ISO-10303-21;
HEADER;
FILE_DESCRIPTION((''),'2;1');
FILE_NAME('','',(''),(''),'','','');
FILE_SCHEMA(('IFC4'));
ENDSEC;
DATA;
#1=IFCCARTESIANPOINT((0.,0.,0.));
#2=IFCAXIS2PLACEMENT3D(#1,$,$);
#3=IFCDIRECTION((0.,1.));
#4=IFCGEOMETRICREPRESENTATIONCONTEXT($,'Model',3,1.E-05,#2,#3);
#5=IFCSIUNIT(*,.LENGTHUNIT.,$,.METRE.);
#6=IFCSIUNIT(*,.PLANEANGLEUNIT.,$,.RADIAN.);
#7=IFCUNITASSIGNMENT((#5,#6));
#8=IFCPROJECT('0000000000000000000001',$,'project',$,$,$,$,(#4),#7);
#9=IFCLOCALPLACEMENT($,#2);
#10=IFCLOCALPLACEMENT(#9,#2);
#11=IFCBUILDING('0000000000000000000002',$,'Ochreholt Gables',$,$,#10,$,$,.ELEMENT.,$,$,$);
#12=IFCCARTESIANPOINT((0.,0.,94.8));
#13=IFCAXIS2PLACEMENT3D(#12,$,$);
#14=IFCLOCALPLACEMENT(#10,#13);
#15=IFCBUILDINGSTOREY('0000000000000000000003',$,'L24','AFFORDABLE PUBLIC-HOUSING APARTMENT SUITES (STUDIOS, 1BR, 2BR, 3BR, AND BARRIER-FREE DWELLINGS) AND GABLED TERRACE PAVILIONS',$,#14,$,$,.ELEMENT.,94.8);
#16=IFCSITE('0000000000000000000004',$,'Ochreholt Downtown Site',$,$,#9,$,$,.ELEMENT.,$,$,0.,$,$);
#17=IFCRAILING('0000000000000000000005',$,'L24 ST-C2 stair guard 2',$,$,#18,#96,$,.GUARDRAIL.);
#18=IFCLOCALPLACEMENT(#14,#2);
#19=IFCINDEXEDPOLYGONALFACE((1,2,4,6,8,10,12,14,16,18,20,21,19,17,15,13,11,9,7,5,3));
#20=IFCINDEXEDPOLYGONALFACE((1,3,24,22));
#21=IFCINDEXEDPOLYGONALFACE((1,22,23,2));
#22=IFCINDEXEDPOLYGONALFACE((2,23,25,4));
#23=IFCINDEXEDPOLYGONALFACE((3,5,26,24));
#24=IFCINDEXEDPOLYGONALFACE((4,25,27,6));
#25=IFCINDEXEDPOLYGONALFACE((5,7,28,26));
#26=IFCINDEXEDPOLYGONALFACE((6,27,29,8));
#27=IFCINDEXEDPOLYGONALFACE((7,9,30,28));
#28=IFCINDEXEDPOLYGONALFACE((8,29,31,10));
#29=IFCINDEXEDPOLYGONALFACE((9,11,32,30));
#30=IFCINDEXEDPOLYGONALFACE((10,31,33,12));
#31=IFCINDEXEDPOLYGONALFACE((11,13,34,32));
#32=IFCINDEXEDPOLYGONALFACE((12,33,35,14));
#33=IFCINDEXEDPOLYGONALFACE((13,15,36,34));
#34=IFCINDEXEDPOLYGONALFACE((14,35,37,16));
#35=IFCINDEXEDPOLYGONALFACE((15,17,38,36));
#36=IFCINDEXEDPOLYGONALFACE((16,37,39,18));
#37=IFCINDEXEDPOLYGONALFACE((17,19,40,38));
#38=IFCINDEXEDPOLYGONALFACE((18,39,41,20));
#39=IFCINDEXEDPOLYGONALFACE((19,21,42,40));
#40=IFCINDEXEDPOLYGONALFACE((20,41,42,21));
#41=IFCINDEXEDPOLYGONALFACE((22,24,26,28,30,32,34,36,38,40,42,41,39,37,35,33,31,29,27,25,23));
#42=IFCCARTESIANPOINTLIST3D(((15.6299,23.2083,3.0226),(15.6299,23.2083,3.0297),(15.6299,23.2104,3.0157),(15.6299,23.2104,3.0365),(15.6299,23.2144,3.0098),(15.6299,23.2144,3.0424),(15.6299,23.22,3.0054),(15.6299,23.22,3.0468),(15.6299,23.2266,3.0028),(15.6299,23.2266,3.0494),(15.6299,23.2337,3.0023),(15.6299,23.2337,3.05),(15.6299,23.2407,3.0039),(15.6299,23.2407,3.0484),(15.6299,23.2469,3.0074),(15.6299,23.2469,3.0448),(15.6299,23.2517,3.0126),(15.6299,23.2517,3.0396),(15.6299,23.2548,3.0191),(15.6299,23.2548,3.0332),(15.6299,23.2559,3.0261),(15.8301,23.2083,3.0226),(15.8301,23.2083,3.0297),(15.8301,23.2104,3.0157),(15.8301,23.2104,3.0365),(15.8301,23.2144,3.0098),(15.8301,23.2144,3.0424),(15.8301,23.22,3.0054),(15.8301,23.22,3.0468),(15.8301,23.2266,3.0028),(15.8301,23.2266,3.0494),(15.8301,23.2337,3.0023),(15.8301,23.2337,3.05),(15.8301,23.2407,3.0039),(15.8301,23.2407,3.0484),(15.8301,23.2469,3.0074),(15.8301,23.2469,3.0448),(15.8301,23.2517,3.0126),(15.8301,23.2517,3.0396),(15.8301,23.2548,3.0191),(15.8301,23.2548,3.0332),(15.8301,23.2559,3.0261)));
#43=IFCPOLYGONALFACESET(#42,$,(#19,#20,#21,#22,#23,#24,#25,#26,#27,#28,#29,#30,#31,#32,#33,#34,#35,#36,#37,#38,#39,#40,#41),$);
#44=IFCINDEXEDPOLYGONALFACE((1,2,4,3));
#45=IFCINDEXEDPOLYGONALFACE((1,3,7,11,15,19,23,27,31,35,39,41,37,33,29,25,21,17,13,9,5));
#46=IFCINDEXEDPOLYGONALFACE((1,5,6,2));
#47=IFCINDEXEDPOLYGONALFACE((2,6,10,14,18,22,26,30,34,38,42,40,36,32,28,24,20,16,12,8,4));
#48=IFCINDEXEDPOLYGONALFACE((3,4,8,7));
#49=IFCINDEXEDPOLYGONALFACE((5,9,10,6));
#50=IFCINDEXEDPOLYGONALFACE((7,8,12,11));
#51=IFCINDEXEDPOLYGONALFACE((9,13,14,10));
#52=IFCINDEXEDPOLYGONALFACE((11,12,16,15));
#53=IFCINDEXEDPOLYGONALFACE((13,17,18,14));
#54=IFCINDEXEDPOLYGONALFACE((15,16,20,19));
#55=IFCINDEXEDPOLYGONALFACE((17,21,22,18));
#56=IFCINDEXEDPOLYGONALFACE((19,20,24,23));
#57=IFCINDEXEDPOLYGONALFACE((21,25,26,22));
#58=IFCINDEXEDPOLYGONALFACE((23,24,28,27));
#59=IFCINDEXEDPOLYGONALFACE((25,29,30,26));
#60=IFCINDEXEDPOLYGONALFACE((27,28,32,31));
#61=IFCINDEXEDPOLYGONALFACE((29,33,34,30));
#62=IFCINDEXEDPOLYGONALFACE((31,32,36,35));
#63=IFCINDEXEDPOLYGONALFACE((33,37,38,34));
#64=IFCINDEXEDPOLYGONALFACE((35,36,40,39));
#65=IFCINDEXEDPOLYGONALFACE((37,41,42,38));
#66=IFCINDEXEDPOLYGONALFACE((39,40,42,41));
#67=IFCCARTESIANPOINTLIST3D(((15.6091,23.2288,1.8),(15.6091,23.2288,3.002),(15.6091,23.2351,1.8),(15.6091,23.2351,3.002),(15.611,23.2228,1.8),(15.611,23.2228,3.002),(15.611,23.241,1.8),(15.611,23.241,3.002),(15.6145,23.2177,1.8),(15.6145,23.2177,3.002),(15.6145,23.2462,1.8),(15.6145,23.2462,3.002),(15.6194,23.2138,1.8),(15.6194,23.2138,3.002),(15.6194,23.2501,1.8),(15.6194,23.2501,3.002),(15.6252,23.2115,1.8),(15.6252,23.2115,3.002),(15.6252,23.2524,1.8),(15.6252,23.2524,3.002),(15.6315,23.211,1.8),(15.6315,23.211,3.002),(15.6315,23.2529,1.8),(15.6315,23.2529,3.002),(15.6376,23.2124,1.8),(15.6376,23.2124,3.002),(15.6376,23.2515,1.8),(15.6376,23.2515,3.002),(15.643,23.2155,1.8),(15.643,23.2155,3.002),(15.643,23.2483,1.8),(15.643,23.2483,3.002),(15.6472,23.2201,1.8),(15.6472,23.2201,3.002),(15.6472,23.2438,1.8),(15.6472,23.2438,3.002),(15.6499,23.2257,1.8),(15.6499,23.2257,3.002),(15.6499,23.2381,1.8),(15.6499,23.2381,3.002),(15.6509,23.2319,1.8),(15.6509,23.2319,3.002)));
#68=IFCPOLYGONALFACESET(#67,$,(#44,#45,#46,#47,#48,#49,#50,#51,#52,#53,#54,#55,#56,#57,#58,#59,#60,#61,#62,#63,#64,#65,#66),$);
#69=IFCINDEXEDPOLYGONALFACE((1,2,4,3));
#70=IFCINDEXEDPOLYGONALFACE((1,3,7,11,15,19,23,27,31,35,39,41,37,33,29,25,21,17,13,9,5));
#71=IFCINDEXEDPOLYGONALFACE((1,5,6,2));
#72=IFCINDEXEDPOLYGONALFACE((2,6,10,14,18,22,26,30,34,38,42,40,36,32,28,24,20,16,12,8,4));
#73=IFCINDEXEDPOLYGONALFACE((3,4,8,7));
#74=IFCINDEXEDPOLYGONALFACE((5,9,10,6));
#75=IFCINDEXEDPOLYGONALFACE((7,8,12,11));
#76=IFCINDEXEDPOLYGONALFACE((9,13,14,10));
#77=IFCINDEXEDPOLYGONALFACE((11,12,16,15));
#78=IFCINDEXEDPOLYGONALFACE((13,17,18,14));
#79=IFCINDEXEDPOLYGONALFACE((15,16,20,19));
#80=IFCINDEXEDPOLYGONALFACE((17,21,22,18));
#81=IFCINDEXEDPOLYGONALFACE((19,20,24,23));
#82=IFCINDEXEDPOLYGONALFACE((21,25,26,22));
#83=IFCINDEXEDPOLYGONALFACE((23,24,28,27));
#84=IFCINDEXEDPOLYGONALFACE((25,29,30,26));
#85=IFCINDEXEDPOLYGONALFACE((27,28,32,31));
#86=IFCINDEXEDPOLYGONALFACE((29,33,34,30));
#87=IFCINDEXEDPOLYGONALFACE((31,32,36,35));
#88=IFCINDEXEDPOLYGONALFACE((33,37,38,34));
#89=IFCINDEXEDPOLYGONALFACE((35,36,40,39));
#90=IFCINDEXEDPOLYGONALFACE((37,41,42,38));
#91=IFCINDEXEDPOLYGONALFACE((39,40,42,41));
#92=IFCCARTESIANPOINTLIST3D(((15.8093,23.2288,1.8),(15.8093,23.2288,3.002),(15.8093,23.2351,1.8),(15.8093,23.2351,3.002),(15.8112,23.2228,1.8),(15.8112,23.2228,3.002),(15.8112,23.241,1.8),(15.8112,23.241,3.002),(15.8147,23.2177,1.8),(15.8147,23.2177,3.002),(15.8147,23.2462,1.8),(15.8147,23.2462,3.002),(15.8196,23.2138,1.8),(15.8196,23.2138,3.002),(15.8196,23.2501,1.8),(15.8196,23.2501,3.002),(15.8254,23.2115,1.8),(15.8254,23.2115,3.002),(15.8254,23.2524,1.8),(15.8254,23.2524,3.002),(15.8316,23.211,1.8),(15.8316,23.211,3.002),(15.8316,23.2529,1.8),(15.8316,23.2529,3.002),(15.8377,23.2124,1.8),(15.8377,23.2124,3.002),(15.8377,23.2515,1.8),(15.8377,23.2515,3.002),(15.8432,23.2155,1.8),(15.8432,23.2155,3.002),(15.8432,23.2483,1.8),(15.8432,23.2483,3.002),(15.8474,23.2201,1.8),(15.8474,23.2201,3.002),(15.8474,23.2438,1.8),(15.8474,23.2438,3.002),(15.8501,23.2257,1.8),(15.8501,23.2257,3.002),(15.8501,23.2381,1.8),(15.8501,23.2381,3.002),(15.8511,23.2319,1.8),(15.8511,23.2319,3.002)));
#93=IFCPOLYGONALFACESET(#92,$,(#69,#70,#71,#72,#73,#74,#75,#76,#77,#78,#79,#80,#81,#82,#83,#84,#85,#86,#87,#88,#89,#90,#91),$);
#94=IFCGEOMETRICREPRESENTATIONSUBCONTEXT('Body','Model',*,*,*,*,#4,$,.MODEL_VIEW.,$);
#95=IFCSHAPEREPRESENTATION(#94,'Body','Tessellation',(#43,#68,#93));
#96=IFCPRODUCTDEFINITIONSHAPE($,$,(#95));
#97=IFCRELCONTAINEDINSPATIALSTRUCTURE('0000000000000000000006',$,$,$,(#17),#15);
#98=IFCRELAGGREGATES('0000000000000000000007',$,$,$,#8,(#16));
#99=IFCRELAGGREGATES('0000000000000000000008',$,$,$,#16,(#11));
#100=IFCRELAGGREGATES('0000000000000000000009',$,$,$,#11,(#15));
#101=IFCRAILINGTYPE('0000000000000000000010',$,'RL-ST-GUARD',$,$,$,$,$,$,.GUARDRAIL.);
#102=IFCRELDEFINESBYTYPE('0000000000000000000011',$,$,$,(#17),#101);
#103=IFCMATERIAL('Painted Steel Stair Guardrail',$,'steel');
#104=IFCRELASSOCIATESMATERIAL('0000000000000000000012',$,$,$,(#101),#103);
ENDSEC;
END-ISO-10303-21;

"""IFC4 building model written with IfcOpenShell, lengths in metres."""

from ifc_helpers import new_model, si_unit, direction, frame, origin, origin_2d, place, context, subcontext, project, spatial, circle, extrude, material, type_object, element, save


model = new_model("IFC4")

# Units and contexts
model_context = context("Model", 3, precision=1e-05, world=origin(), true_north=direction((0.0, 1.0)))
body_context = subcontext(model_context, "Body", "Model", "MODEL_VIEW")
ifc_project = project(units=[si_unit("LENGTHUNIT", "METRE"), si_unit("PLANEANGLEUNIT", "RADIAN")], contexts=[model_context])

# Site, building, storey
site_placement = place(None, origin())
site = spatial("IfcSite", under=ifc_project, at=site_placement, Name="Ochreholt Downtown Site", CompositionType="ELEMENT", RefElevation=0.0)
building_placement = place(site_placement, origin())
building = spatial("IfcBuilding", under=site, at=building_placement, Name="Ochreholt Gables", CompositionType="ELEMENT")
storey_placement = place(building_placement, frame((0.0, 0.0, 94.8)))
storey = spatial("IfcBuildingStorey", under=building, at=storey_placement, Name="L24", Description="AFFORDABLE PUBLIC-HOUSING APARTMENT SUITES (STUDIOS, 1BR, 2BR, 3BR, AND BARRIER-FREE DWELLINGS) AND GABLED TERRACE PAVILIONS", CompositionType="ELEMENT", Elevation=94.8)

# Railing
ifc_material_1 = material(Name="Painted Steel Stair Guardrail", Category="steel")
railing_type_1 = type_object("IfcRailingType", Name="RL-ST-GUARD", PredefinedType="GUARDRAIL", material=ifc_material_1)
railing_1_placement = place(storey_placement, frame((15.6299, 23.2319, 1.8)))
element("IfcRailing", 1, at=railing_1_placement, inside=storey, type_object=railing_type_1, Name="L24 ST-C2 stair guard 2", PredefinedType="GUARDRAIL", context=body_context, shape_type="SweptSolid", body=[
    extrude(circle(Radius=0.0239, at=origin_2d()), frame((0.0, 0.0, 1.2261), z_axis=(1.0, 0.0, 0.0), x_axis=(0.0, 1.0, 0.0)), (0.0, 0.0, 1.0), 0.2002),
    extrude(circle(Radius=0.021, at=origin_2d()), origin(), (0.0, 0.0, 1.0), 1.2019),
    extrude(circle(Radius=0.021, at=origin_2d()), frame((0.2002, 0.0, 0.0)), (0.0, 0.0, 1.0), 1.2019),
])

save(model, "model.ifc")
